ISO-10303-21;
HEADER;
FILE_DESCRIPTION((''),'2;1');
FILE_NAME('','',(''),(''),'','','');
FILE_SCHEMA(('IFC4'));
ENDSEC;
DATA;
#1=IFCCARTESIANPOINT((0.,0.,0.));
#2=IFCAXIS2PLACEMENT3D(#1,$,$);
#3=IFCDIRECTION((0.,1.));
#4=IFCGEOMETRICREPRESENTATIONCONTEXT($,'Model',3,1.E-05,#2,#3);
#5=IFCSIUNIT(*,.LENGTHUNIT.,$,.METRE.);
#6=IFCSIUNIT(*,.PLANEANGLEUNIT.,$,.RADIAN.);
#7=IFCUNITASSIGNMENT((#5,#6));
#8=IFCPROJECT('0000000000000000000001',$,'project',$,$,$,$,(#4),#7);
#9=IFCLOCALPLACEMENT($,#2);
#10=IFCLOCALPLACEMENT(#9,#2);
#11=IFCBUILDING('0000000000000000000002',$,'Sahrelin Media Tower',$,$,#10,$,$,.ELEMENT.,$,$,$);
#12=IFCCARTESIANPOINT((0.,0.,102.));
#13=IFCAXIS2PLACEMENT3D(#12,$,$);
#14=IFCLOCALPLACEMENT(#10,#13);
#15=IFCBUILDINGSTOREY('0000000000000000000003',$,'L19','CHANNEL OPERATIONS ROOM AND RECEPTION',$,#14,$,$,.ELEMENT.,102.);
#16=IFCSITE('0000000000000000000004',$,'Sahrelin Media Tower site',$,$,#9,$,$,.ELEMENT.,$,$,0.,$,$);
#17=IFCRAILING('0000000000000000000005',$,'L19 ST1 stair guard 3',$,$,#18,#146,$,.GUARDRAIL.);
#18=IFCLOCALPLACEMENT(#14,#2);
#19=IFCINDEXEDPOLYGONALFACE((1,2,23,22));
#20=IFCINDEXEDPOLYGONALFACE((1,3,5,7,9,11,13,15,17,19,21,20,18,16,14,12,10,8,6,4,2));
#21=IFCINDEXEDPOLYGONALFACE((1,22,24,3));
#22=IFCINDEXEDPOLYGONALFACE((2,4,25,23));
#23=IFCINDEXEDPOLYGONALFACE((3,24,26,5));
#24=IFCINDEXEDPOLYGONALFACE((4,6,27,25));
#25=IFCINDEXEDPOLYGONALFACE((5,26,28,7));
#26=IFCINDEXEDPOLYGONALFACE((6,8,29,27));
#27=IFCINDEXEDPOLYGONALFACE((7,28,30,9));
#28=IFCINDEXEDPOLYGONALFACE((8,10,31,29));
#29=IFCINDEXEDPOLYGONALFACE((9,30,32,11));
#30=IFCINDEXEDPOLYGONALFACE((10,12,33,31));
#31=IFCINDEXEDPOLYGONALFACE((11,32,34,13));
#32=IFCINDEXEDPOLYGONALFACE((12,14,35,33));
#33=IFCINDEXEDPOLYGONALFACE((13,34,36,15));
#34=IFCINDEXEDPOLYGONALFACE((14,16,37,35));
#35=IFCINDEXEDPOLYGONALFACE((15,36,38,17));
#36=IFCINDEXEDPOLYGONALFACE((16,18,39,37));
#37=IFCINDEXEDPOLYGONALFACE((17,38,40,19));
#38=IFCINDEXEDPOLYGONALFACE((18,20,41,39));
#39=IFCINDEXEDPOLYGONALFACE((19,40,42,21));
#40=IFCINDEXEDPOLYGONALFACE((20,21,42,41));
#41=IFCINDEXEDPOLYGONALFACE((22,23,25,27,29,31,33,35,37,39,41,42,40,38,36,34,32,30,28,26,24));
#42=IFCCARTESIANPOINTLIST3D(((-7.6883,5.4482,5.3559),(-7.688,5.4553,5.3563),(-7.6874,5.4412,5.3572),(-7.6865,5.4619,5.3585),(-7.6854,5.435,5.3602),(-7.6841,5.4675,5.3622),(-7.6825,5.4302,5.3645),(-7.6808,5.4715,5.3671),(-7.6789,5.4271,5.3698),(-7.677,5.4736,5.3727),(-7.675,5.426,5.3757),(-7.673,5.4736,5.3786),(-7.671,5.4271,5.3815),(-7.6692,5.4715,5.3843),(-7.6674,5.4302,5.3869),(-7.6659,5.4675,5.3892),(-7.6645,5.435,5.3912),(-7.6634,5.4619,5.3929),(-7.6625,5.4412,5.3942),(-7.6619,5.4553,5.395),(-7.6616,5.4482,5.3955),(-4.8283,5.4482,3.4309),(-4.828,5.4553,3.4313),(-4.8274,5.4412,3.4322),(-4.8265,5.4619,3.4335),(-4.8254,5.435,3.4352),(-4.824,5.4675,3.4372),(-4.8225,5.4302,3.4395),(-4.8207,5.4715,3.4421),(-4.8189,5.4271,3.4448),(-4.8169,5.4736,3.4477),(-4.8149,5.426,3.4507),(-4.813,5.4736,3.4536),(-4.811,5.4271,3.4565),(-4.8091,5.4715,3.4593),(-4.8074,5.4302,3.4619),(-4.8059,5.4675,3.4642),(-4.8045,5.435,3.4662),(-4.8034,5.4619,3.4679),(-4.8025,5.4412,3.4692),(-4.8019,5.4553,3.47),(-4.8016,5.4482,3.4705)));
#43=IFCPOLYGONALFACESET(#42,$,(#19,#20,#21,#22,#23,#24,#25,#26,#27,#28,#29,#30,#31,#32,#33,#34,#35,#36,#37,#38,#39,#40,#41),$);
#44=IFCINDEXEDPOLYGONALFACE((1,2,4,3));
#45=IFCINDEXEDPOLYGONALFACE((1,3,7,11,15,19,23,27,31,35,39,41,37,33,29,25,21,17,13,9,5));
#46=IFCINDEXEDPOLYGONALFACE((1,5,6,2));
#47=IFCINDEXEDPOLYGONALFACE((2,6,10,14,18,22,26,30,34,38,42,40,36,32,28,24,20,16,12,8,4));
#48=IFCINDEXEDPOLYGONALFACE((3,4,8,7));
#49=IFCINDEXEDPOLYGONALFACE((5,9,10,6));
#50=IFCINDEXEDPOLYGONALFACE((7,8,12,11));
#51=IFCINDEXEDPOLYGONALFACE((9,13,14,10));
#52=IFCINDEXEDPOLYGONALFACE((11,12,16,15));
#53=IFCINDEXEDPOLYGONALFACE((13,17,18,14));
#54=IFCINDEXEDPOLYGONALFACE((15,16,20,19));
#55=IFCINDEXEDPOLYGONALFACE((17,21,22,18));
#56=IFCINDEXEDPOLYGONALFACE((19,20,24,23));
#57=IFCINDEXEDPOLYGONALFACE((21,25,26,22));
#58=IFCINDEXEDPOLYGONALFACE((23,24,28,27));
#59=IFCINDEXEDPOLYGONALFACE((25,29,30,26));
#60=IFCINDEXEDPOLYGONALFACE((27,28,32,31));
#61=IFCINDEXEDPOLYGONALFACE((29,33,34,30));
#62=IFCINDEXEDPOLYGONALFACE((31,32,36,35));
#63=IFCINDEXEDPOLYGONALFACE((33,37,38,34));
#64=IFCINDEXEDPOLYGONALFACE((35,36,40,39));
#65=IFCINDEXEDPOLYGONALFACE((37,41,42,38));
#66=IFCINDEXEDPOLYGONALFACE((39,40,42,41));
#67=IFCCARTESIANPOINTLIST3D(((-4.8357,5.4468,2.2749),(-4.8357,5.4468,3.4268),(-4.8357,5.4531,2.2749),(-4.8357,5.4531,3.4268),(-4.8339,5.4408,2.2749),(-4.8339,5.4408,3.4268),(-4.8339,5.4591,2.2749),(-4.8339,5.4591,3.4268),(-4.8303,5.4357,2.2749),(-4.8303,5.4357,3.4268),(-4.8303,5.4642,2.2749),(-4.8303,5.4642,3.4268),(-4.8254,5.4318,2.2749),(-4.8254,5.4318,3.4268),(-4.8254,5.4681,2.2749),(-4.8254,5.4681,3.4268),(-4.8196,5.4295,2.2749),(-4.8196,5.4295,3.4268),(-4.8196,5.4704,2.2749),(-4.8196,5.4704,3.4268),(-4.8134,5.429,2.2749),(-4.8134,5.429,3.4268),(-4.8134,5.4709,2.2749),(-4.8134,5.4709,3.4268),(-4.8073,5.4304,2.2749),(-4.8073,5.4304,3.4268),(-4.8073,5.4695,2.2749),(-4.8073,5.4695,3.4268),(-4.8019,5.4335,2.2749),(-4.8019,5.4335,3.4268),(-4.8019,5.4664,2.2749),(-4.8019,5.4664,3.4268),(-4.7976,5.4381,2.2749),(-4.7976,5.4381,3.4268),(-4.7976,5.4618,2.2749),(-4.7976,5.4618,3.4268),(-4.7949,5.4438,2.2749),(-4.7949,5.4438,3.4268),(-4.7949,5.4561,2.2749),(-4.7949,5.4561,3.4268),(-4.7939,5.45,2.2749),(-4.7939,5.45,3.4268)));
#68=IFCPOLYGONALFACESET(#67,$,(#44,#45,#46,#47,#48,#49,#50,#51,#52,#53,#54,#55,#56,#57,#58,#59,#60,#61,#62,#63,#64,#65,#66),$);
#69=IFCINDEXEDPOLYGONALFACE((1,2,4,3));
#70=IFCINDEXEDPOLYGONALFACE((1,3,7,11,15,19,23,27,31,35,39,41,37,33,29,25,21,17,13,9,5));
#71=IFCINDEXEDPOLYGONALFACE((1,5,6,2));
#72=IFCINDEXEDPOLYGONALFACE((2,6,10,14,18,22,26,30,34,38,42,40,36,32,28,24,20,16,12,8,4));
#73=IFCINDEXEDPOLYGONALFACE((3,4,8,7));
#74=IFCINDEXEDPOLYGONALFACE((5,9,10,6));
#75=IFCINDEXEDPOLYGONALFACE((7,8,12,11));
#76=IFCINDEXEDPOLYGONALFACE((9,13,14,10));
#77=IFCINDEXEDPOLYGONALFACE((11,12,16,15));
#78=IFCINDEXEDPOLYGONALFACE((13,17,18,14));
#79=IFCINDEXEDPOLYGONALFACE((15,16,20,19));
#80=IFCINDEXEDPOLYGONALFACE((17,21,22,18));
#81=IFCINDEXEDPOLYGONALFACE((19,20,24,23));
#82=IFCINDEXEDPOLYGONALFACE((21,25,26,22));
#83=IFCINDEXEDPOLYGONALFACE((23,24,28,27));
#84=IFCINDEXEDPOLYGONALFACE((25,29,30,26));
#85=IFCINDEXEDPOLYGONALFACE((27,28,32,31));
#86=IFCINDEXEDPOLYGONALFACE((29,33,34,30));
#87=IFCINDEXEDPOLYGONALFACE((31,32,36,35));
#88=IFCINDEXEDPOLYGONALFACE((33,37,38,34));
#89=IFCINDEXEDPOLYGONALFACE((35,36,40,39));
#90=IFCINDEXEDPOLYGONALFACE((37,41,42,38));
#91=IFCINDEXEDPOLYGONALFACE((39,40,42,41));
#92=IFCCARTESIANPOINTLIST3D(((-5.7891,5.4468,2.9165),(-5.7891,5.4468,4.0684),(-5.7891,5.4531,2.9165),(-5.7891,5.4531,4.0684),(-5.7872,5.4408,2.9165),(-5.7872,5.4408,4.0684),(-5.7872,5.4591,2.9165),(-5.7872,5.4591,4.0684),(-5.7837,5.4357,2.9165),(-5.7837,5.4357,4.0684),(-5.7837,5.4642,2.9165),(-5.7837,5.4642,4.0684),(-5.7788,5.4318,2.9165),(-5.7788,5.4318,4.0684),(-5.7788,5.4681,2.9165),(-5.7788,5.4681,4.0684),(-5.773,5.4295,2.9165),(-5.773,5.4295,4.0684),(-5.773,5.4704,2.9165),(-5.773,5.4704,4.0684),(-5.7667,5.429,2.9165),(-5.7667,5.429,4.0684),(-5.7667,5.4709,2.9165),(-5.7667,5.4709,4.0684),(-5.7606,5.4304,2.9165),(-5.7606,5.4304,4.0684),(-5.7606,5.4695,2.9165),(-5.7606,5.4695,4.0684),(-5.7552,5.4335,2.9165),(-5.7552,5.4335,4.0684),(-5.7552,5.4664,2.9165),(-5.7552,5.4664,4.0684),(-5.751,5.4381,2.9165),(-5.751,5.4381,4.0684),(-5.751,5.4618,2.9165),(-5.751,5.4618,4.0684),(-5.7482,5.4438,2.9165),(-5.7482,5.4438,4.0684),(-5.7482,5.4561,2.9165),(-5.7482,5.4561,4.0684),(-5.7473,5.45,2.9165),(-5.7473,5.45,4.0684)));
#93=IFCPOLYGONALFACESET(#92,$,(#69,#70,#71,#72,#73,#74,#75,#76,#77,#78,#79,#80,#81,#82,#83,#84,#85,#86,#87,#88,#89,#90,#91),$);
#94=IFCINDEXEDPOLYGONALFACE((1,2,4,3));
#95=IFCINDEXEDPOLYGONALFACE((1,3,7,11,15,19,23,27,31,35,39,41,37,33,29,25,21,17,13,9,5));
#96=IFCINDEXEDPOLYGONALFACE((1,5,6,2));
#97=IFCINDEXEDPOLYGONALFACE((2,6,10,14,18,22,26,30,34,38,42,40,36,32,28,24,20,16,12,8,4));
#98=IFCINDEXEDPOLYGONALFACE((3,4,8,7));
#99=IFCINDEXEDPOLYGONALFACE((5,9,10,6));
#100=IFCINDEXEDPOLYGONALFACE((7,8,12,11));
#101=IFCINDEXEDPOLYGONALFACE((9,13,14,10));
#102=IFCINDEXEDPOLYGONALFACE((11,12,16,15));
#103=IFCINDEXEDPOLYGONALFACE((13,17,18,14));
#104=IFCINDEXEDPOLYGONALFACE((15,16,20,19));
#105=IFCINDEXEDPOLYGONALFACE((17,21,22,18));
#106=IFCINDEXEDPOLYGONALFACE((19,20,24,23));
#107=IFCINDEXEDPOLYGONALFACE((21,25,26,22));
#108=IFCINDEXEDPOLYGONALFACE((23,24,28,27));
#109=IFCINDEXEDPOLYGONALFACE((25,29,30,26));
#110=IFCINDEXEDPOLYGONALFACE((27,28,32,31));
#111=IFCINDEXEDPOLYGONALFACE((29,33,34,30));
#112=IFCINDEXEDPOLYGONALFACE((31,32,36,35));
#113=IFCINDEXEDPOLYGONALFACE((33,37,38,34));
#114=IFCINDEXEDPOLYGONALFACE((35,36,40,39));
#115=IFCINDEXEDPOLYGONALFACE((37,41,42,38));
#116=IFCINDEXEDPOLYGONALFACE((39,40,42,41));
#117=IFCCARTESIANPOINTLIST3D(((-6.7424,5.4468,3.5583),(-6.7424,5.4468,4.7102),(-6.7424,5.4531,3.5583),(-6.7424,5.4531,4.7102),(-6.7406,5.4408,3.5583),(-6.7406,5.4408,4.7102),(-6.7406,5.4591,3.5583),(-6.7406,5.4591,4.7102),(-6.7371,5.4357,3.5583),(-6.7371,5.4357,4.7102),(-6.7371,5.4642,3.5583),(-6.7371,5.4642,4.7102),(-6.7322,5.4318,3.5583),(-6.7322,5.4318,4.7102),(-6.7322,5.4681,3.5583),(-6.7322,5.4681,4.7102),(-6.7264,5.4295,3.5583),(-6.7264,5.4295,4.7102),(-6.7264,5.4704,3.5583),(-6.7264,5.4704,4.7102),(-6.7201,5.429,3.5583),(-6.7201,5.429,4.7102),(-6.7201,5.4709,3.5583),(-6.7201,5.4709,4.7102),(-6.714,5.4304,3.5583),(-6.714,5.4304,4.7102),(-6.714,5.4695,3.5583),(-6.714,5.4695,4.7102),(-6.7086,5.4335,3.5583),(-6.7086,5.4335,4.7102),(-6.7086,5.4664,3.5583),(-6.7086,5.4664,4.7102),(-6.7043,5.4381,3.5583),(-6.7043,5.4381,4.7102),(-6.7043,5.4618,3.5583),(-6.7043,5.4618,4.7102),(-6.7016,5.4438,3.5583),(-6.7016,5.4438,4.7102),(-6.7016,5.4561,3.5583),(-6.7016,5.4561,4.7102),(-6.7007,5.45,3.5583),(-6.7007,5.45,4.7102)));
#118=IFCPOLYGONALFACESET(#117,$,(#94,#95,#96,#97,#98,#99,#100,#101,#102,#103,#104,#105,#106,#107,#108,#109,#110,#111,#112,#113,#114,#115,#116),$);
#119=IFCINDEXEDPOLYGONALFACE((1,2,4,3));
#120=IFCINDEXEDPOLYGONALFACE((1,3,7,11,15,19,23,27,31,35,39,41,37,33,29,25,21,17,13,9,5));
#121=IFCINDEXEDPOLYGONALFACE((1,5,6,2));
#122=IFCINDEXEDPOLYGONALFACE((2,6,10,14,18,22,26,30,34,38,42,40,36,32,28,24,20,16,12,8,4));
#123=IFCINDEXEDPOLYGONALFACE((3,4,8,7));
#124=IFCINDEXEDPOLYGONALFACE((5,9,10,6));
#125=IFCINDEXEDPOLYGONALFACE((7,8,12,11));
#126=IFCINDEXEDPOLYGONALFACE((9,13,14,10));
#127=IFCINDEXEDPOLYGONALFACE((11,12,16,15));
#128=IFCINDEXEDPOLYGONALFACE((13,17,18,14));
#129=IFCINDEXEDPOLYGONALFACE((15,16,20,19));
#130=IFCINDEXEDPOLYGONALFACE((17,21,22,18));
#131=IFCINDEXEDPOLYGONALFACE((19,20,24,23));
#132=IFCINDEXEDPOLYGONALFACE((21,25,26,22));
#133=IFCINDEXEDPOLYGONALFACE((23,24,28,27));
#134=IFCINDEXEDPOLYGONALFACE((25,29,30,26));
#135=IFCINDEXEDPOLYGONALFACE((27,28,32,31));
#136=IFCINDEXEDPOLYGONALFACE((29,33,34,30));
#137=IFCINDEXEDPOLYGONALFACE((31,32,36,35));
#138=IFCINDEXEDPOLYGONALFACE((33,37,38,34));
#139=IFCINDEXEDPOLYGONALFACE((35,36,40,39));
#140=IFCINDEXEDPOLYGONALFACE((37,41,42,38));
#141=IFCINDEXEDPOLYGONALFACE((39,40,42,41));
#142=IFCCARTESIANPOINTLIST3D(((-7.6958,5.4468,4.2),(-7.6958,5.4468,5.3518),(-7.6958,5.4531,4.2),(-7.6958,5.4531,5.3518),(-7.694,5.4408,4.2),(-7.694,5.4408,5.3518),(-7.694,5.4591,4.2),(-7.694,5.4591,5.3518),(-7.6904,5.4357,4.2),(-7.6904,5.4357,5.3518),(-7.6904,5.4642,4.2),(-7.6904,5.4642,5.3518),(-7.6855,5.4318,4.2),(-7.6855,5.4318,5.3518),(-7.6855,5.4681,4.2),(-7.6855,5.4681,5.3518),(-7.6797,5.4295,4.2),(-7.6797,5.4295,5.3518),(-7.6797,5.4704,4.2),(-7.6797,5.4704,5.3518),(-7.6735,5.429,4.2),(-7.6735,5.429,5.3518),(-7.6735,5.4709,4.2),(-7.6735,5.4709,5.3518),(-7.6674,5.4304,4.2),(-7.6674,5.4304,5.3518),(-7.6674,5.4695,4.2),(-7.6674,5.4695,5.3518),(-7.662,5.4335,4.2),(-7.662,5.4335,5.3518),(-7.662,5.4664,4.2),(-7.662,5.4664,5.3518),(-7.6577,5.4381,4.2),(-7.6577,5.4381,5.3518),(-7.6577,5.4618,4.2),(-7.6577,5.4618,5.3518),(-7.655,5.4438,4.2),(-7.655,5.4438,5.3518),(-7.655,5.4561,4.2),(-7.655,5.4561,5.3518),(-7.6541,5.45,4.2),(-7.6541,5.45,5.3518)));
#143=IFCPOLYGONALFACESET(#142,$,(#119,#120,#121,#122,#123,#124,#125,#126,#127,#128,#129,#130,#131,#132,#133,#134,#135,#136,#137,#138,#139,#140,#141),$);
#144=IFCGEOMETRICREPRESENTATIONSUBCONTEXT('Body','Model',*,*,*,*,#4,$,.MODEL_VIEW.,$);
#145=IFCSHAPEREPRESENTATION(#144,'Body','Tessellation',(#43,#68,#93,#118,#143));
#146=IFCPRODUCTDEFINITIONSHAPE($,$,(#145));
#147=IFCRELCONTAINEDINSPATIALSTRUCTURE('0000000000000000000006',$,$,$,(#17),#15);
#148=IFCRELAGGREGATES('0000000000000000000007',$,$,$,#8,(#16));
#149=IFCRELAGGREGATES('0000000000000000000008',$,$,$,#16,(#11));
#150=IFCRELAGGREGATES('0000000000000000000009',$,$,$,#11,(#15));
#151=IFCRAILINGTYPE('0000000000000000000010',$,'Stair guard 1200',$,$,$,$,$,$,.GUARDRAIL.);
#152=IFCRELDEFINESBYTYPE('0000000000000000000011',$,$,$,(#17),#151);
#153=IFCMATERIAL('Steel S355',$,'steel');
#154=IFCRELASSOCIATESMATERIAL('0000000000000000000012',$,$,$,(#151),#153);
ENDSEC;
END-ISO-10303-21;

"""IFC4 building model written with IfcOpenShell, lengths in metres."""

from ifc_helpers import new_model, si_unit, direction, frame, origin, origin_2d, place, context, subcontext, project, spatial, circle, extrude, material, type_object, element, save


model = new_model("IFC4")

# Units and contexts
model_context = context("Model", 3, precision=1e-05, world=origin(), true_north=direction((0.0, 1.0)))
body_context = subcontext(model_context, "Body", "Model", "MODEL_VIEW")
ifc_project = project(units=[si_unit("LENGTHUNIT", "METRE"), si_unit("PLANEANGLEUNIT", "RADIAN")], contexts=[model_context])

# Site, building, storey
site_placement = place(None, origin())
site = spatial("IfcSite", under=ifc_project, at=site_placement, Name="Sahrelin Media Tower site", CompositionType="ELEMENT", RefElevation=0.0)
building_placement = place(site_placement, origin())
building = spatial("IfcBuilding", under=site, at=building_placement, Name="Sahrelin Media Tower", CompositionType="ELEMENT")
storey_placement = place(building_placement, frame((0.0, 0.0, 102.0)))
storey = spatial("IfcBuildingStorey", under=building, at=storey_placement, Name="L19", Description="CHANNEL OPERATIONS ROOM AND RECEPTION", CompositionType="ELEMENT", Elevation=102.0)

# Shared definitions
ifc_material_1 = material(Name="Steel S355", Category="steel")

# Railing
railing_type_1 = type_object("IfcRailingType", Name="Stair guard 1200", PredefinedType="GUARDRAIL", material=ifc_material_1)
railing_1_placement = place(storey_placement, frame((-4.8149, 5.45, 2.2749)))
element("IfcRailing", 1, at=railing_1_placement, inside=storey, type_object=railing_type_1, Name="L19 ST1 stair guard 3", PredefinedType="GUARDRAIL", context=body_context, shape_type="SweptSolid", body=[
    extrude(circle(Radius=0.0239, at=origin_2d()), frame((0.0, 0.0, 1.1758), z_axis=(-0.829591, 0.0, 0.558372), x_axis=(0.0, -1.0, 0.0)), (0.0, 0.0, 1.0), 3.4475),
    extrude(circle(Radius=0.021, at=origin_2d()), origin(), (0.0, 0.0, 1.0), 1.1519),
    extrude(circle(Radius=0.021, at=origin_2d()), frame((-0.9534, 0.0, 0.6416)), (0.0, 0.0, 1.0), 1.1519),
    extrude(circle(Radius=0.021, at=origin_2d()), frame((-1.9067, 0.0, 1.2834)), (0.0, 0.0, 1.0), 1.1519),
    extrude(circle(Radius=0.021, at=origin_2d()), frame((-2.8601, 0.0, 1.925)), (0.0, 0.0, 1.0), 1.1519),
])

save(model, "model.ifc")
